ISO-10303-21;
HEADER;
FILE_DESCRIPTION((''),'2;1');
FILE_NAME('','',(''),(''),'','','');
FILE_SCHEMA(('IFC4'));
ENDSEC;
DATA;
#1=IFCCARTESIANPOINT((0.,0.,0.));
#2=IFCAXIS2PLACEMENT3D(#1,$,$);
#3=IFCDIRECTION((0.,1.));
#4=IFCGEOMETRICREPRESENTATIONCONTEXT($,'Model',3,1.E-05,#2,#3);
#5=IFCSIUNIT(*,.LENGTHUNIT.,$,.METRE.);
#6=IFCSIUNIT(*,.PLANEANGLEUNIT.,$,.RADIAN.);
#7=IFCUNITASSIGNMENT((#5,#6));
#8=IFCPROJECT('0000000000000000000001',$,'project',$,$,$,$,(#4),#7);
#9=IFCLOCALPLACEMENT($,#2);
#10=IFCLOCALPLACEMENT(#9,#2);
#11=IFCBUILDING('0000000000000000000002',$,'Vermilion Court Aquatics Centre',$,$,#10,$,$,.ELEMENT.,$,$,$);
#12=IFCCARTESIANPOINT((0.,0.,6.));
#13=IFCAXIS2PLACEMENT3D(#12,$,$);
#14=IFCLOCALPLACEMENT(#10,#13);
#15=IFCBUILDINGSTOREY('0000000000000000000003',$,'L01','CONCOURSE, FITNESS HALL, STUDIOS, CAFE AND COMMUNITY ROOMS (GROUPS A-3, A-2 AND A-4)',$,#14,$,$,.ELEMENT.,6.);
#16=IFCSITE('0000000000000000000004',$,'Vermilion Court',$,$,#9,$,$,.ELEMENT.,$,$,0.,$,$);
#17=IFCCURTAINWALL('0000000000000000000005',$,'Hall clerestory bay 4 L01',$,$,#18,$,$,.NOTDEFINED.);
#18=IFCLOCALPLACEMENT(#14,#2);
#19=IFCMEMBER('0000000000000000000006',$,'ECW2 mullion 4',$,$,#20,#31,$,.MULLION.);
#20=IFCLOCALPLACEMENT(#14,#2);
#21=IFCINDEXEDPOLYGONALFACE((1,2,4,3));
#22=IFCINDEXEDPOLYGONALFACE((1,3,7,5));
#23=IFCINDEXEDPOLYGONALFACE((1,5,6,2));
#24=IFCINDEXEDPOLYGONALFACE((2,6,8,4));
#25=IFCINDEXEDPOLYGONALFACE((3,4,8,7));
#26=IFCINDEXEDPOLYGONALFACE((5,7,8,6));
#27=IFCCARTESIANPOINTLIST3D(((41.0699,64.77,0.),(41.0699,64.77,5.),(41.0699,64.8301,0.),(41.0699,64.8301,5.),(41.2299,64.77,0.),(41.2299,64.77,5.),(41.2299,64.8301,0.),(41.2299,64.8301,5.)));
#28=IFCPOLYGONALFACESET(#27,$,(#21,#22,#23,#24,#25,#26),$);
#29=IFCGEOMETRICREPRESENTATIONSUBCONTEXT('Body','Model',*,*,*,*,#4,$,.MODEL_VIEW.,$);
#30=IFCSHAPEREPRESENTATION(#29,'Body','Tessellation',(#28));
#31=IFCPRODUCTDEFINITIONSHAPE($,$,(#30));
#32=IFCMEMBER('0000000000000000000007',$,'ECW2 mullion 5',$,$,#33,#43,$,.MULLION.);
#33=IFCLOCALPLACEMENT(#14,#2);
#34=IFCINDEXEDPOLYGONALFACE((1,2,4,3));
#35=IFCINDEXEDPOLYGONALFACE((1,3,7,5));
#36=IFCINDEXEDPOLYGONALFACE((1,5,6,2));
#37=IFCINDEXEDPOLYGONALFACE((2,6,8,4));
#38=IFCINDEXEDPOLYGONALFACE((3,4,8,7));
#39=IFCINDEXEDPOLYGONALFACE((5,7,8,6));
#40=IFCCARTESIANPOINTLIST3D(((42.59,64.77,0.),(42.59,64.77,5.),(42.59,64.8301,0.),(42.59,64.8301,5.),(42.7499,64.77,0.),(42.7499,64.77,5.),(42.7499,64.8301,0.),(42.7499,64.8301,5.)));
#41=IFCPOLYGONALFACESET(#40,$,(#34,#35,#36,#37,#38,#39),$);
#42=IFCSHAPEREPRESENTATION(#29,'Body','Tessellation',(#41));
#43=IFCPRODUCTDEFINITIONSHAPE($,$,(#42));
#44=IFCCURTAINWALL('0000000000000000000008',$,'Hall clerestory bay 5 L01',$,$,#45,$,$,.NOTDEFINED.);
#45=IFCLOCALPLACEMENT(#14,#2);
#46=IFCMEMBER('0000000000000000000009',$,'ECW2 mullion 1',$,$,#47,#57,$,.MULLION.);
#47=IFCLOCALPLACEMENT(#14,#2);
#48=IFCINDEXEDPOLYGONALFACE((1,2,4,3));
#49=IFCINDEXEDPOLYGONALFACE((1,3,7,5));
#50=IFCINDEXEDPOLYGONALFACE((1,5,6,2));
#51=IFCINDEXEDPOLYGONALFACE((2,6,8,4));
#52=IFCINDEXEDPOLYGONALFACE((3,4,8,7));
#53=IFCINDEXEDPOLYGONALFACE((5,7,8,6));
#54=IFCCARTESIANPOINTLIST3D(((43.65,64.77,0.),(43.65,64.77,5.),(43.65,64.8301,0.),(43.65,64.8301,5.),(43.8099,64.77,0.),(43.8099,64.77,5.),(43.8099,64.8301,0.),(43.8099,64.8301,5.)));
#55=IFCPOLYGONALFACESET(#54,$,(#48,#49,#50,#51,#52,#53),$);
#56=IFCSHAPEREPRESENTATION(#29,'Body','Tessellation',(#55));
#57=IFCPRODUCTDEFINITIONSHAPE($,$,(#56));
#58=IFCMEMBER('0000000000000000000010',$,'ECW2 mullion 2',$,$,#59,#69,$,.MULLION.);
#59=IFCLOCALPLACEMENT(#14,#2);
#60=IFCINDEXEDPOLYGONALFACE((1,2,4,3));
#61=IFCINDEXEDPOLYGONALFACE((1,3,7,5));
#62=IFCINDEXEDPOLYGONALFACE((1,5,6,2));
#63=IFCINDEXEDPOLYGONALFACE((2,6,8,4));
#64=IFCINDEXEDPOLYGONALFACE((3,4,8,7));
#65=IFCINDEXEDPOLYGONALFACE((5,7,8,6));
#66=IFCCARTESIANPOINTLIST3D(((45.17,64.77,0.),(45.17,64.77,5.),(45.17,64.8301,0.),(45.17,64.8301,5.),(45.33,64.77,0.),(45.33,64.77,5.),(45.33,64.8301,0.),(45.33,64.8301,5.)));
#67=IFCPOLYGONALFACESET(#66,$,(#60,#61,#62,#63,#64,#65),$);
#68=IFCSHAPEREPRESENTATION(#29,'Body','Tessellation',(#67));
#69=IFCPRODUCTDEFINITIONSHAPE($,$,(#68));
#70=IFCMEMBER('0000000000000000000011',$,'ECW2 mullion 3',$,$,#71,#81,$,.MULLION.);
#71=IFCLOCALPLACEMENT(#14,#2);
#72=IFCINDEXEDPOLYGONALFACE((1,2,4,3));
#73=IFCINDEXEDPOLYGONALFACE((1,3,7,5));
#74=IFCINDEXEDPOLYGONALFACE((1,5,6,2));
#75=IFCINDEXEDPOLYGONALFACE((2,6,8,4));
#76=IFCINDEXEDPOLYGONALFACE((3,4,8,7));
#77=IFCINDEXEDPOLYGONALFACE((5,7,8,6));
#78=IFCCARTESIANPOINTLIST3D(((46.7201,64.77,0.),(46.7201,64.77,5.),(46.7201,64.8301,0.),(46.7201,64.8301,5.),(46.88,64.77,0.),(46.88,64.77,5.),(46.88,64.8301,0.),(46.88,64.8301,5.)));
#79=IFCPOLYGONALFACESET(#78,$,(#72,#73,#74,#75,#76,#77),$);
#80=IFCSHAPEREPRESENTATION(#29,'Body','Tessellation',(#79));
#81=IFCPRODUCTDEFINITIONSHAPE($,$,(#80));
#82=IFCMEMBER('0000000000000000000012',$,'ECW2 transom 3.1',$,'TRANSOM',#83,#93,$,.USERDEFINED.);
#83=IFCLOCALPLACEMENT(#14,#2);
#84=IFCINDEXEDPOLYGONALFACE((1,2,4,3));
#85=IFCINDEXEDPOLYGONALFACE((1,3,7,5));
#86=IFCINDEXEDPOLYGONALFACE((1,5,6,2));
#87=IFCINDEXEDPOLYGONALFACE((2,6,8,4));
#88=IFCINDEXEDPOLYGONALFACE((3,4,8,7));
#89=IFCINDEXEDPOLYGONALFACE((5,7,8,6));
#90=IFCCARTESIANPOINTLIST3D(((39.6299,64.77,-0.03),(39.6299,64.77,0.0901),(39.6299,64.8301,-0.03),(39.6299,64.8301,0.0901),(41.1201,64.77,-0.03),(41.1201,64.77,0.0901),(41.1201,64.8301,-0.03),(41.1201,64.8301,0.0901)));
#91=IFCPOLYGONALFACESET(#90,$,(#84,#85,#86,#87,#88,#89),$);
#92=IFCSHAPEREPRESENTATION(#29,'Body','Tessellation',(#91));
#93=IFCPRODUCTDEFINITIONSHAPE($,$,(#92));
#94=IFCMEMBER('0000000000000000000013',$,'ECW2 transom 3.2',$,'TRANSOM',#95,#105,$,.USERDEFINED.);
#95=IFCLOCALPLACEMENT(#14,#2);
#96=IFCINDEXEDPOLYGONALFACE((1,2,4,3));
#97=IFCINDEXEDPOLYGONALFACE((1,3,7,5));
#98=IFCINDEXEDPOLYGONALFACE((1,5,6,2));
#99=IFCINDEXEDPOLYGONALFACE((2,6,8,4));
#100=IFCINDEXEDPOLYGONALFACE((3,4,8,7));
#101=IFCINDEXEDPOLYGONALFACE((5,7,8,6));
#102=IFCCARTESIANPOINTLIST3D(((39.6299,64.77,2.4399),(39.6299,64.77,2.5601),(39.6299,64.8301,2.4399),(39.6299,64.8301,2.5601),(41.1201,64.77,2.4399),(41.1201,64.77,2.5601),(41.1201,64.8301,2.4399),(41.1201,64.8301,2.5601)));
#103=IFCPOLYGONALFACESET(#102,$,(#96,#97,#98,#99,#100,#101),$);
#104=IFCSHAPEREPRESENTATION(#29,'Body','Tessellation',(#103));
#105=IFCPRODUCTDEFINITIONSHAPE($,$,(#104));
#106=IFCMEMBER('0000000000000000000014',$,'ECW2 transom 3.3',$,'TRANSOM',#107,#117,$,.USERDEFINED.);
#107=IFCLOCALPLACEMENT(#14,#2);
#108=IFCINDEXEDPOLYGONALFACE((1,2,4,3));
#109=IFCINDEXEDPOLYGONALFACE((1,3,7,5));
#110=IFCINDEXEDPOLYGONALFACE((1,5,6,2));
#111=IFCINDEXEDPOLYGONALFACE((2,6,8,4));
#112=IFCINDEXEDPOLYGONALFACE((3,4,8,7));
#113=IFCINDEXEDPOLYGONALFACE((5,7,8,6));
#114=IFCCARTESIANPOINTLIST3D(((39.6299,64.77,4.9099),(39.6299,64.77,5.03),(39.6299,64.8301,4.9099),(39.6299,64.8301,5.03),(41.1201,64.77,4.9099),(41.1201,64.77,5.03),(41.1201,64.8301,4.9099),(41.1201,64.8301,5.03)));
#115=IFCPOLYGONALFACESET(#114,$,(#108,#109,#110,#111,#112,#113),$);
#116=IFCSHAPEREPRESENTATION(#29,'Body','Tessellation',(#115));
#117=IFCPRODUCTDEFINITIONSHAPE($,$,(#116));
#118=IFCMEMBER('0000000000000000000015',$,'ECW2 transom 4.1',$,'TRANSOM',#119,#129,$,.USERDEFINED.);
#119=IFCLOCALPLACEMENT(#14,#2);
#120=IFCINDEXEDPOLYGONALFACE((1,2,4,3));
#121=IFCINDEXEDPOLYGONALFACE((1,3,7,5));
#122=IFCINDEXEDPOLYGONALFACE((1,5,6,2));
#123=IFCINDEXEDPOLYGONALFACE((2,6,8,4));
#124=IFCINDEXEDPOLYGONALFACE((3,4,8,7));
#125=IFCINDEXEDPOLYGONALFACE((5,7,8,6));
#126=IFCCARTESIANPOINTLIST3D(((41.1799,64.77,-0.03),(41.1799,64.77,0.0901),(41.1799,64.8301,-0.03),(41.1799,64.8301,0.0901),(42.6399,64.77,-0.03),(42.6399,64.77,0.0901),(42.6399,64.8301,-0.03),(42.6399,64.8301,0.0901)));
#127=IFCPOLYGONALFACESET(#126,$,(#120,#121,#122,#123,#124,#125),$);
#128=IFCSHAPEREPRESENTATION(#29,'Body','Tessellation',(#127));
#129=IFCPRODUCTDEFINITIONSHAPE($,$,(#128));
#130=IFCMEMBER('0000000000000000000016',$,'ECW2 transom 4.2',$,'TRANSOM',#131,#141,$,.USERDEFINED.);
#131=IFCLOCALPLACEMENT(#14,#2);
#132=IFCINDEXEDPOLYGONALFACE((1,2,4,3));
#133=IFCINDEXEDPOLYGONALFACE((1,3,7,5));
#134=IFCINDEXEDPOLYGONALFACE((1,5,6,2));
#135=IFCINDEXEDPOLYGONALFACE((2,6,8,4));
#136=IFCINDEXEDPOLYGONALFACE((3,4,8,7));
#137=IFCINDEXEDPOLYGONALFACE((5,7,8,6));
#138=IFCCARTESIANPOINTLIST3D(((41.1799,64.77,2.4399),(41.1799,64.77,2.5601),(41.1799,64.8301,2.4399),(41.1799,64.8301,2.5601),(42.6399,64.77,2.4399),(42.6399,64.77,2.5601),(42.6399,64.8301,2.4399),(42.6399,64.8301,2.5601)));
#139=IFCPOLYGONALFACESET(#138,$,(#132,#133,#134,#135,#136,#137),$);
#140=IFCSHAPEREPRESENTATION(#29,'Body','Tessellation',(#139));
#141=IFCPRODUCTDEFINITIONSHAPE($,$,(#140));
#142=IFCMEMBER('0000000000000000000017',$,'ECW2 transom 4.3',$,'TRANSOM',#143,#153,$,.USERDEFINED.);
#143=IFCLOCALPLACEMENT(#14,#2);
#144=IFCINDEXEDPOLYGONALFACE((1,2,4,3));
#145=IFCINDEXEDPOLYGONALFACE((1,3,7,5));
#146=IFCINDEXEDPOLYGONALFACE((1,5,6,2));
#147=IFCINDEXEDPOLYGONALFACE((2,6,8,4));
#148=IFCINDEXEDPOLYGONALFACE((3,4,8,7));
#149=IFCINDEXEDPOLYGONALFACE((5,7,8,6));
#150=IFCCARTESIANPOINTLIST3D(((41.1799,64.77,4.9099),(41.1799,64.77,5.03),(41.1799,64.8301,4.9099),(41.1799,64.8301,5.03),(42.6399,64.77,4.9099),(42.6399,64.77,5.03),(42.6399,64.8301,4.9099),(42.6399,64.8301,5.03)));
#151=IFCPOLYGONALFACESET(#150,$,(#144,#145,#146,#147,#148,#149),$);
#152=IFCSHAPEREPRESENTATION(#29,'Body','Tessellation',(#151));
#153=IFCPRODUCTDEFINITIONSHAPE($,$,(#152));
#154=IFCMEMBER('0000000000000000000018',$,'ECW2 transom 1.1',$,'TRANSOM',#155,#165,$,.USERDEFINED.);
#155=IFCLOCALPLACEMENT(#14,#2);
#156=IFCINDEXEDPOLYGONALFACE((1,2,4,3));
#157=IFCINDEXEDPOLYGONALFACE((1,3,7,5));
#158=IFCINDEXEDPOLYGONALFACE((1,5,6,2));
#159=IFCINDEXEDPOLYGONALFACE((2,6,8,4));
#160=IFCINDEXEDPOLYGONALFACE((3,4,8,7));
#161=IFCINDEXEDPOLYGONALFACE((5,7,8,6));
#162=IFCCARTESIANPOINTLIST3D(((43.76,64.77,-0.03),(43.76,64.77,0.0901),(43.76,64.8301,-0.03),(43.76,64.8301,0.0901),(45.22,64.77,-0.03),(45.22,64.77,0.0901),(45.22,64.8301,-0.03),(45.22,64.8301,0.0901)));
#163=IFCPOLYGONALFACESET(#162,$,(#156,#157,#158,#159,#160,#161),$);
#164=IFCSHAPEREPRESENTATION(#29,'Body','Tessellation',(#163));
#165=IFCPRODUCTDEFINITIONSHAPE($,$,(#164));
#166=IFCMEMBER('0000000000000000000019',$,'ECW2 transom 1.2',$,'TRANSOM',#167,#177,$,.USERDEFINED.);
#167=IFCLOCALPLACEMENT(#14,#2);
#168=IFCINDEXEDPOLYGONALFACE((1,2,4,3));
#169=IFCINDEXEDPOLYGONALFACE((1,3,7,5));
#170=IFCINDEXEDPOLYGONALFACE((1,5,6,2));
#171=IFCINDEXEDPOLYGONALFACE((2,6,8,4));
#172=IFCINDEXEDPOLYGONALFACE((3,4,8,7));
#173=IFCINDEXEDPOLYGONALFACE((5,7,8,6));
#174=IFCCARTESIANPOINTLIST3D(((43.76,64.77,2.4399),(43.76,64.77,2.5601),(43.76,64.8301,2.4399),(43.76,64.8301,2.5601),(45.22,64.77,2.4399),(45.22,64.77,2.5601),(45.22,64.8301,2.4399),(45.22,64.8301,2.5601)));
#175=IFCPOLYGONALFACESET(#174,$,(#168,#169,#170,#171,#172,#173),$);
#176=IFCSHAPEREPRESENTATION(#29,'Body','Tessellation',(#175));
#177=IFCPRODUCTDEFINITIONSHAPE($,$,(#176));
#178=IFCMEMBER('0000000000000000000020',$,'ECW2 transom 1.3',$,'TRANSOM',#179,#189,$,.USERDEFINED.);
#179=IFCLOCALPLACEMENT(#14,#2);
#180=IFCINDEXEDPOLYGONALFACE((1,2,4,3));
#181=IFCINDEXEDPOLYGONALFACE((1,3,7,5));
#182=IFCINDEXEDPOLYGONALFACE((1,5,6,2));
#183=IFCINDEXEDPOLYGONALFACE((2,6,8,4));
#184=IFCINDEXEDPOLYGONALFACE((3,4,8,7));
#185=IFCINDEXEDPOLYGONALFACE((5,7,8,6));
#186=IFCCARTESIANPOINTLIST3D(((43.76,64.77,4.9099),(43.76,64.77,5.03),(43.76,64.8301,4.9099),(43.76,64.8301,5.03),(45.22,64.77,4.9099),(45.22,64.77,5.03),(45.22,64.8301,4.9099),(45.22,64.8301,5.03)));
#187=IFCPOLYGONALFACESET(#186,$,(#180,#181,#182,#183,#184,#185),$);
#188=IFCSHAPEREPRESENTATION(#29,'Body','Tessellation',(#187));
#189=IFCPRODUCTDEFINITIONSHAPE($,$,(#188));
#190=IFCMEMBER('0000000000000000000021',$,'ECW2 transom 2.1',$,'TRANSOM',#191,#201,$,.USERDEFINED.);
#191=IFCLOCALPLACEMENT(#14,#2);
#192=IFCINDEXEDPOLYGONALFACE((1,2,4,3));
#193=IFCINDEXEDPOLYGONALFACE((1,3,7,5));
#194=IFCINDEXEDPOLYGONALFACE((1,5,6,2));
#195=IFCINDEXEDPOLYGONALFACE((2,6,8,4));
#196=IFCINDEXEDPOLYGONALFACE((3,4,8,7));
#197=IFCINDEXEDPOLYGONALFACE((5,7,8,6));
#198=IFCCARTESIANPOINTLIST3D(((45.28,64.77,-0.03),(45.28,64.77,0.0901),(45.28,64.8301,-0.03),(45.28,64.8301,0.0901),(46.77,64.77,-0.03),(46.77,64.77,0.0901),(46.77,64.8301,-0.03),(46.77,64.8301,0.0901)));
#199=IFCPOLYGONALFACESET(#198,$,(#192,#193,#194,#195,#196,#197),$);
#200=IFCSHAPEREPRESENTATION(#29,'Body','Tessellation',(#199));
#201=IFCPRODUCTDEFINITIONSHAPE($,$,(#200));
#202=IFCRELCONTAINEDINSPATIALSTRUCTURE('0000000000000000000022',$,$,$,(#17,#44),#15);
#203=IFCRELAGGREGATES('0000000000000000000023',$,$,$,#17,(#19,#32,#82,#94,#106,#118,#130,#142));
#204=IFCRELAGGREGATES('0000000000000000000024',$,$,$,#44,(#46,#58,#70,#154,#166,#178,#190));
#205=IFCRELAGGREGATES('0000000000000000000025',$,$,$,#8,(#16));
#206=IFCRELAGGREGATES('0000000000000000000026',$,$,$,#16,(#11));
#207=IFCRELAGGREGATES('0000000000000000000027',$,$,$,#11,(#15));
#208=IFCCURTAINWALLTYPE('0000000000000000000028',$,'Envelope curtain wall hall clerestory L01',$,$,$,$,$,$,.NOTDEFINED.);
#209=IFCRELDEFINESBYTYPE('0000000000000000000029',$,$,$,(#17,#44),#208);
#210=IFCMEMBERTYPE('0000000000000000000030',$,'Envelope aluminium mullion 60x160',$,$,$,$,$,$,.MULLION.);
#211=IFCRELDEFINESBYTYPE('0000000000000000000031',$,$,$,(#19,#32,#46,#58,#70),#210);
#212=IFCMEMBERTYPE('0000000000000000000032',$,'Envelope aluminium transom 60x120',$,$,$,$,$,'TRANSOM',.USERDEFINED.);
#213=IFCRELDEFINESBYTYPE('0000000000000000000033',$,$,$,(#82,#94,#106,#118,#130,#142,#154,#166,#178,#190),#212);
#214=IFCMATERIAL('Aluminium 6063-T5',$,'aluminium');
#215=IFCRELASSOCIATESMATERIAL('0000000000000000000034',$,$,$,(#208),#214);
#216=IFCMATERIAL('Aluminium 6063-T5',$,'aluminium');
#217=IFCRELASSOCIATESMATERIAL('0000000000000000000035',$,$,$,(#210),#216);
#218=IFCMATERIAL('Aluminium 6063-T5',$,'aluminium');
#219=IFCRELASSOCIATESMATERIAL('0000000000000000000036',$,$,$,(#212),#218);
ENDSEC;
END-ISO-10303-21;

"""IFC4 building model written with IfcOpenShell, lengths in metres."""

from ifc_helpers import new_model, si_unit, direction, frame, origin, origin_2d, place, context, subcontext, project, spatial, rectangle, extrude, material, material_profile, profile_set, type_object, element, aggregate, save


model = new_model("IFC4")

# Units and contexts
model_context = context("Model", 3, precision=1e-05, world=origin(), true_north=direction((0.0, 1.0)))
body_context = subcontext(model_context, "Body", "Model", "MODEL_VIEW")
ifc_project = project(units=[si_unit("LENGTHUNIT", "METRE"), si_unit("PLANEANGLEUNIT", "RADIAN")], contexts=[model_context])

# Site, building, storey
site_placement = place(None, origin())
site = spatial("IfcSite", under=ifc_project, at=site_placement, Name="Vermilion Court", CompositionType="ELEMENT", RefElevation=0.0)
building_placement = place(site_placement, origin())
building = spatial("IfcBuilding", under=site, at=building_placement, Name="Vermilion Court Aquatics Centre", CompositionType="ELEMENT")
storey_placement = place(building_placement, frame((0.0, 0.0, 6.0)))
storey = spatial("IfcBuildingStorey", under=building, at=storey_placement, Name="L01", Description="CONCOURSE, FITNESS HALL, STUDIOS, CAFE AND COMMUNITY ROOMS (GROUPS A-3, A-2 AND A-4)", CompositionType="ELEMENT", Elevation=6.0)

# Curtain walls, members
ifc_material_1 = material(Name="Aluminium 6063-T5", Category="aluminium")
curtain_wall_type = type_object("IfcCurtainWallType", Name="Envelope curtain wall hall clerestory L01", PredefinedType="NOTDEFINED", material=ifc_material_1)
curtain_wall_1_placement = place(storey_placement, origin())
curtain_wall_1 = element("IfcCurtainWall", 1, at=curtain_wall_1_placement, inside=storey, type_object=curtain_wall_type, Name="Hall clerestory bay 4 L01", PredefinedType="NOTDEFINED")
ifc_material_2 = material(Name="Aluminium 6063-T5", Category="aluminium")
ifc_material_profile_1 = material_profile(ifc_material_2, rectangle(XDim=0.0601, YDim=0.1599, at=origin_2d()), Name="AL 60x160")
ifc_profile_set_1 = profile_set([ifc_material_profile_1], Name="Aluminium 6063-T5")
member_type_1 = type_object("IfcMemberType", Name="Envelope aluminium mullion 60x160", PredefinedType="MULLION", material=ifc_profile_set_1)
member_1_placement = place(storey_placement, frame((41.1499, 64.8, 0.0), z_axis=(0.0, 0.0, 1.0), x_axis=(0.0, 1.0, 0.0)))
member_1 = element("IfcMember", 2, at=member_1_placement, type_object=member_type_1, Name="ECW2 mullion 4", PredefinedType="MULLION", context=body_context, shape_type="SweptSolid", body=[
    extrude(rectangle(XDim=0.0601, YDim=0.1599, at=origin_2d()), origin(), (0.0, 0.0, 1.0), 5.0),
])
member_2_placement = place(storey_placement, frame((42.6699, 64.8, 0.0), z_axis=(0.0, 0.0, 1.0), x_axis=(0.0, 1.0, 0.0)))
member_2 = element("IfcMember", 3, at=member_2_placement, type_object=member_type_1, Name="ECW2 mullion 5", PredefinedType="MULLION", context=body_context, shape_type="SweptSolid", body=[
    extrude(rectangle(XDim=0.0601, YDim=0.1599, at=origin_2d()), origin(), (0.0, 0.0, 1.0), 5.0),
])
curtain_wall_2_placement = place(storey_placement, origin())
curtain_wall_2 = element("IfcCurtainWall", 4, at=curtain_wall_2_placement, inside=storey, type_object=curtain_wall_type, Name="Hall clerestory bay 5 L01", PredefinedType="NOTDEFINED")
member_3_placement = place(storey_placement, frame((43.73, 64.8, 0.0), z_axis=(0.0, 0.0, 1.0), x_axis=(0.0, 1.0, 0.0)))
member_3 = element("IfcMember", 5, at=member_3_placement, type_object=member_type_1, Name="ECW2 mullion 1", PredefinedType="MULLION", context=body_context, shape_type="SweptSolid", body=[
    extrude(rectangle(XDim=0.0601, YDim=0.1599, at=origin_2d()), origin(), (0.0, 0.0, 1.0), 5.0),
])
member_4_placement = place(storey_placement, frame((45.25, 64.8, 0.0), z_axis=(0.0, 0.0, 1.0), x_axis=(0.0, 1.0, 0.0)))
member_4 = element("IfcMember", 6, at=member_4_placement, type_object=member_type_1, Name="ECW2 mullion 2", PredefinedType="MULLION", context=body_context, shape_type="SweptSolid", body=[
    extrude(rectangle(XDim=0.0601, YDim=0.1599, at=origin_2d()), origin(), (0.0, 0.0, 1.0), 5.0),
])
member_5_placement = place(storey_placement, frame((46.8, 64.8, 0.0), z_axis=(0.0, 0.0, 1.0), x_axis=(0.0, 1.0, 0.0)))
member_5 = element("IfcMember", 7, at=member_5_placement, type_object=member_type_1, Name="ECW2 mullion 3", PredefinedType="MULLION", context=body_context, shape_type="SweptSolid", body=[
    extrude(rectangle(XDim=0.0601, YDim=0.1599, at=origin_2d()), origin(), (0.0, 0.0, 1.0), 5.0),
])

# Members
ifc_material_3 = material(Name="Aluminium 6063-T5", Category="aluminium")
ifc_material_profile_2 = material_profile(ifc_material_3, rectangle(XDim=0.0601, YDim=0.1201, at=origin_2d()), Name="AL 60x120")
ifc_profile_set_2 = profile_set([ifc_material_profile_2], Name="Aluminium 6063-T5")
member_type_2 = type_object("IfcMemberType", Name="Envelope aluminium transom 60x120", ElementType="TRANSOM", PredefinedType="USERDEFINED", material=ifc_profile_set_2)
member_6_placement = place(storey_placement, frame((39.6299, 64.8, 0.03), z_axis=(1.0, 0.0, 0.0), x_axis=(0.0, 1.0, 0.0)))
member_6 = element("IfcMember", 8, at=member_6_placement, type_object=member_type_2, Name="ECW2 transom 3.1", ObjectType="TRANSOM", PredefinedType="USERDEFINED", context=body_context, shape_type="SweptSolid", body=[
    extrude(rectangle(XDim=0.0601, YDim=0.1201, at=origin_2d()), origin(), (0.0, 0.0, 1.0), 1.4902),
])
member_7_placement = place(storey_placement, frame((39.6299, 64.8, 2.5), z_axis=(1.0, 0.0, 0.0), x_axis=(0.0, 1.0, 0.0)))
member_7 = element("IfcMember", 9, at=member_7_placement, type_object=member_type_2, Name="ECW2 transom 3.2", ObjectType="TRANSOM", PredefinedType="USERDEFINED", context=body_context, shape_type="SweptSolid", body=[
    extrude(rectangle(XDim=0.0601, YDim=0.1201, at=origin_2d()), origin(), (0.0, 0.0, 1.0), 1.4902),
])
member_8_placement = place(storey_placement, frame((39.6299, 64.8, 4.97), z_axis=(1.0, 0.0, 0.0), x_axis=(0.0, 1.0, 0.0)))
member_8 = element("IfcMember", 10, at=member_8_placement, type_object=member_type_2, Name="ECW2 transom 3.3", ObjectType="TRANSOM", PredefinedType="USERDEFINED", context=body_context, shape_type="SweptSolid", body=[
    extrude(rectangle(XDim=0.0601, YDim=0.1201, at=origin_2d()), origin(), (0.0, 0.0, 1.0), 1.4902),
])
member_9_placement = place(storey_placement, frame((41.1799, 64.8, 0.03), z_axis=(1.0, 0.0, 0.0), x_axis=(0.0, 1.0, 0.0)))
member_9 = element("IfcMember", 11, at=member_9_placement, type_object=member_type_2, Name="ECW2 transom 4.1", ObjectType="TRANSOM", PredefinedType="USERDEFINED", context=body_context, shape_type="SweptSolid", body=[
    extrude(rectangle(XDim=0.0601, YDim=0.1201, at=origin_2d()), origin(), (0.0, 0.0, 1.0), 1.46),
])
member_10_placement = place(storey_placement, frame((41.1799, 64.8, 2.5), z_axis=(1.0, 0.0, 0.0), x_axis=(0.0, 1.0, 0.0)))
member_10 = element("IfcMember", 12, at=member_10_placement, type_object=member_type_2, Name="ECW2 transom 4.2", ObjectType="TRANSOM", PredefinedType="USERDEFINED", context=body_context, shape_type="SweptSolid", body=[
    extrude(rectangle(XDim=0.0601, YDim=0.1201, at=origin_2d()), origin(), (0.0, 0.0, 1.0), 1.46),
])
member_11_placement = place(storey_placement, frame((41.1799, 64.8, 4.97), z_axis=(1.0, 0.0, 0.0), x_axis=(0.0, 1.0, 0.0)))
member_11 = element("IfcMember", 13, at=member_11_placement, type_object=member_type_2, Name="ECW2 transom 4.3", ObjectType="TRANSOM", PredefinedType="USERDEFINED", context=body_context, shape_type="SweptSolid", body=[
    extrude(rectangle(XDim=0.0601, YDim=0.1201, at=origin_2d()), origin(), (0.0, 0.0, 1.0), 1.46),
])
member_12_placement = place(storey_placement, frame((43.76, 64.8, 0.03), z_axis=(1.0, 0.0, 0.0), x_axis=(0.0, 1.0, 0.0)))
member_12 = element("IfcMember", 14, at=member_12_placement, type_object=member_type_2, Name="ECW2 transom 1.1", ObjectType="TRANSOM", PredefinedType="USERDEFINED", context=body_context, shape_type="SweptSolid", body=[
    extrude(rectangle(XDim=0.0601, YDim=0.1201, at=origin_2d()), origin(), (0.0, 0.0, 1.0), 1.46),
])
member_13_placement = place(storey_placement, frame((43.76, 64.8, 2.5), z_axis=(1.0, 0.0, 0.0), x_axis=(0.0, 1.0, 0.0)))
member_13 = element("IfcMember", 15, at=member_13_placement, type_object=member_type_2, Name="ECW2 transom 1.2", ObjectType="TRANSOM", PredefinedType="USERDEFINED", context=body_context, shape_type="SweptSolid", body=[
    extrude(rectangle(XDim=0.0601, YDim=0.1201, at=origin_2d()), origin(), (0.0, 0.0, 1.0), 1.46),
])
member_14_placement = place(storey_placement, frame((43.76, 64.8, 4.97), z_axis=(1.0, 0.0, 0.0), x_axis=(0.0, 1.0, 0.0)))
member_14 = element("IfcMember", 16, at=member_14_placement, type_object=member_type_2, Name="ECW2 transom 1.3", ObjectType="TRANSOM", PredefinedType="USERDEFINED", context=body_context, shape_type="SweptSolid", body=[
    extrude(rectangle(XDim=0.0601, YDim=0.1201, at=origin_2d()), origin(), (0.0, 0.0, 1.0), 1.46),
])
member_15_placement = place(storey_placement, frame((45.28, 64.8, 0.03), z_axis=(1.0, 0.0, 0.0), x_axis=(0.0, 1.0, 0.0)))
member_15 = element("IfcMember", 17, at=member_15_placement, type_object=member_type_2, Name="ECW2 transom 2.1", ObjectType="TRANSOM", PredefinedType="USERDEFINED", context=body_context, shape_type="SweptSolid", body=[
    extrude(rectangle(XDim=0.0601, YDim=0.1201, at=origin_2d()), origin(), (0.0, 0.0, 1.0), 1.49),
])

aggregate(curtain_wall_1, [member_1, member_2, member_6, member_7, member_8, member_9, member_10, member_11])
aggregate(curtain_wall_2, [member_3, member_4, member_5, member_12, member_13, member_14, member_15])

save(model, "model.ifc")
